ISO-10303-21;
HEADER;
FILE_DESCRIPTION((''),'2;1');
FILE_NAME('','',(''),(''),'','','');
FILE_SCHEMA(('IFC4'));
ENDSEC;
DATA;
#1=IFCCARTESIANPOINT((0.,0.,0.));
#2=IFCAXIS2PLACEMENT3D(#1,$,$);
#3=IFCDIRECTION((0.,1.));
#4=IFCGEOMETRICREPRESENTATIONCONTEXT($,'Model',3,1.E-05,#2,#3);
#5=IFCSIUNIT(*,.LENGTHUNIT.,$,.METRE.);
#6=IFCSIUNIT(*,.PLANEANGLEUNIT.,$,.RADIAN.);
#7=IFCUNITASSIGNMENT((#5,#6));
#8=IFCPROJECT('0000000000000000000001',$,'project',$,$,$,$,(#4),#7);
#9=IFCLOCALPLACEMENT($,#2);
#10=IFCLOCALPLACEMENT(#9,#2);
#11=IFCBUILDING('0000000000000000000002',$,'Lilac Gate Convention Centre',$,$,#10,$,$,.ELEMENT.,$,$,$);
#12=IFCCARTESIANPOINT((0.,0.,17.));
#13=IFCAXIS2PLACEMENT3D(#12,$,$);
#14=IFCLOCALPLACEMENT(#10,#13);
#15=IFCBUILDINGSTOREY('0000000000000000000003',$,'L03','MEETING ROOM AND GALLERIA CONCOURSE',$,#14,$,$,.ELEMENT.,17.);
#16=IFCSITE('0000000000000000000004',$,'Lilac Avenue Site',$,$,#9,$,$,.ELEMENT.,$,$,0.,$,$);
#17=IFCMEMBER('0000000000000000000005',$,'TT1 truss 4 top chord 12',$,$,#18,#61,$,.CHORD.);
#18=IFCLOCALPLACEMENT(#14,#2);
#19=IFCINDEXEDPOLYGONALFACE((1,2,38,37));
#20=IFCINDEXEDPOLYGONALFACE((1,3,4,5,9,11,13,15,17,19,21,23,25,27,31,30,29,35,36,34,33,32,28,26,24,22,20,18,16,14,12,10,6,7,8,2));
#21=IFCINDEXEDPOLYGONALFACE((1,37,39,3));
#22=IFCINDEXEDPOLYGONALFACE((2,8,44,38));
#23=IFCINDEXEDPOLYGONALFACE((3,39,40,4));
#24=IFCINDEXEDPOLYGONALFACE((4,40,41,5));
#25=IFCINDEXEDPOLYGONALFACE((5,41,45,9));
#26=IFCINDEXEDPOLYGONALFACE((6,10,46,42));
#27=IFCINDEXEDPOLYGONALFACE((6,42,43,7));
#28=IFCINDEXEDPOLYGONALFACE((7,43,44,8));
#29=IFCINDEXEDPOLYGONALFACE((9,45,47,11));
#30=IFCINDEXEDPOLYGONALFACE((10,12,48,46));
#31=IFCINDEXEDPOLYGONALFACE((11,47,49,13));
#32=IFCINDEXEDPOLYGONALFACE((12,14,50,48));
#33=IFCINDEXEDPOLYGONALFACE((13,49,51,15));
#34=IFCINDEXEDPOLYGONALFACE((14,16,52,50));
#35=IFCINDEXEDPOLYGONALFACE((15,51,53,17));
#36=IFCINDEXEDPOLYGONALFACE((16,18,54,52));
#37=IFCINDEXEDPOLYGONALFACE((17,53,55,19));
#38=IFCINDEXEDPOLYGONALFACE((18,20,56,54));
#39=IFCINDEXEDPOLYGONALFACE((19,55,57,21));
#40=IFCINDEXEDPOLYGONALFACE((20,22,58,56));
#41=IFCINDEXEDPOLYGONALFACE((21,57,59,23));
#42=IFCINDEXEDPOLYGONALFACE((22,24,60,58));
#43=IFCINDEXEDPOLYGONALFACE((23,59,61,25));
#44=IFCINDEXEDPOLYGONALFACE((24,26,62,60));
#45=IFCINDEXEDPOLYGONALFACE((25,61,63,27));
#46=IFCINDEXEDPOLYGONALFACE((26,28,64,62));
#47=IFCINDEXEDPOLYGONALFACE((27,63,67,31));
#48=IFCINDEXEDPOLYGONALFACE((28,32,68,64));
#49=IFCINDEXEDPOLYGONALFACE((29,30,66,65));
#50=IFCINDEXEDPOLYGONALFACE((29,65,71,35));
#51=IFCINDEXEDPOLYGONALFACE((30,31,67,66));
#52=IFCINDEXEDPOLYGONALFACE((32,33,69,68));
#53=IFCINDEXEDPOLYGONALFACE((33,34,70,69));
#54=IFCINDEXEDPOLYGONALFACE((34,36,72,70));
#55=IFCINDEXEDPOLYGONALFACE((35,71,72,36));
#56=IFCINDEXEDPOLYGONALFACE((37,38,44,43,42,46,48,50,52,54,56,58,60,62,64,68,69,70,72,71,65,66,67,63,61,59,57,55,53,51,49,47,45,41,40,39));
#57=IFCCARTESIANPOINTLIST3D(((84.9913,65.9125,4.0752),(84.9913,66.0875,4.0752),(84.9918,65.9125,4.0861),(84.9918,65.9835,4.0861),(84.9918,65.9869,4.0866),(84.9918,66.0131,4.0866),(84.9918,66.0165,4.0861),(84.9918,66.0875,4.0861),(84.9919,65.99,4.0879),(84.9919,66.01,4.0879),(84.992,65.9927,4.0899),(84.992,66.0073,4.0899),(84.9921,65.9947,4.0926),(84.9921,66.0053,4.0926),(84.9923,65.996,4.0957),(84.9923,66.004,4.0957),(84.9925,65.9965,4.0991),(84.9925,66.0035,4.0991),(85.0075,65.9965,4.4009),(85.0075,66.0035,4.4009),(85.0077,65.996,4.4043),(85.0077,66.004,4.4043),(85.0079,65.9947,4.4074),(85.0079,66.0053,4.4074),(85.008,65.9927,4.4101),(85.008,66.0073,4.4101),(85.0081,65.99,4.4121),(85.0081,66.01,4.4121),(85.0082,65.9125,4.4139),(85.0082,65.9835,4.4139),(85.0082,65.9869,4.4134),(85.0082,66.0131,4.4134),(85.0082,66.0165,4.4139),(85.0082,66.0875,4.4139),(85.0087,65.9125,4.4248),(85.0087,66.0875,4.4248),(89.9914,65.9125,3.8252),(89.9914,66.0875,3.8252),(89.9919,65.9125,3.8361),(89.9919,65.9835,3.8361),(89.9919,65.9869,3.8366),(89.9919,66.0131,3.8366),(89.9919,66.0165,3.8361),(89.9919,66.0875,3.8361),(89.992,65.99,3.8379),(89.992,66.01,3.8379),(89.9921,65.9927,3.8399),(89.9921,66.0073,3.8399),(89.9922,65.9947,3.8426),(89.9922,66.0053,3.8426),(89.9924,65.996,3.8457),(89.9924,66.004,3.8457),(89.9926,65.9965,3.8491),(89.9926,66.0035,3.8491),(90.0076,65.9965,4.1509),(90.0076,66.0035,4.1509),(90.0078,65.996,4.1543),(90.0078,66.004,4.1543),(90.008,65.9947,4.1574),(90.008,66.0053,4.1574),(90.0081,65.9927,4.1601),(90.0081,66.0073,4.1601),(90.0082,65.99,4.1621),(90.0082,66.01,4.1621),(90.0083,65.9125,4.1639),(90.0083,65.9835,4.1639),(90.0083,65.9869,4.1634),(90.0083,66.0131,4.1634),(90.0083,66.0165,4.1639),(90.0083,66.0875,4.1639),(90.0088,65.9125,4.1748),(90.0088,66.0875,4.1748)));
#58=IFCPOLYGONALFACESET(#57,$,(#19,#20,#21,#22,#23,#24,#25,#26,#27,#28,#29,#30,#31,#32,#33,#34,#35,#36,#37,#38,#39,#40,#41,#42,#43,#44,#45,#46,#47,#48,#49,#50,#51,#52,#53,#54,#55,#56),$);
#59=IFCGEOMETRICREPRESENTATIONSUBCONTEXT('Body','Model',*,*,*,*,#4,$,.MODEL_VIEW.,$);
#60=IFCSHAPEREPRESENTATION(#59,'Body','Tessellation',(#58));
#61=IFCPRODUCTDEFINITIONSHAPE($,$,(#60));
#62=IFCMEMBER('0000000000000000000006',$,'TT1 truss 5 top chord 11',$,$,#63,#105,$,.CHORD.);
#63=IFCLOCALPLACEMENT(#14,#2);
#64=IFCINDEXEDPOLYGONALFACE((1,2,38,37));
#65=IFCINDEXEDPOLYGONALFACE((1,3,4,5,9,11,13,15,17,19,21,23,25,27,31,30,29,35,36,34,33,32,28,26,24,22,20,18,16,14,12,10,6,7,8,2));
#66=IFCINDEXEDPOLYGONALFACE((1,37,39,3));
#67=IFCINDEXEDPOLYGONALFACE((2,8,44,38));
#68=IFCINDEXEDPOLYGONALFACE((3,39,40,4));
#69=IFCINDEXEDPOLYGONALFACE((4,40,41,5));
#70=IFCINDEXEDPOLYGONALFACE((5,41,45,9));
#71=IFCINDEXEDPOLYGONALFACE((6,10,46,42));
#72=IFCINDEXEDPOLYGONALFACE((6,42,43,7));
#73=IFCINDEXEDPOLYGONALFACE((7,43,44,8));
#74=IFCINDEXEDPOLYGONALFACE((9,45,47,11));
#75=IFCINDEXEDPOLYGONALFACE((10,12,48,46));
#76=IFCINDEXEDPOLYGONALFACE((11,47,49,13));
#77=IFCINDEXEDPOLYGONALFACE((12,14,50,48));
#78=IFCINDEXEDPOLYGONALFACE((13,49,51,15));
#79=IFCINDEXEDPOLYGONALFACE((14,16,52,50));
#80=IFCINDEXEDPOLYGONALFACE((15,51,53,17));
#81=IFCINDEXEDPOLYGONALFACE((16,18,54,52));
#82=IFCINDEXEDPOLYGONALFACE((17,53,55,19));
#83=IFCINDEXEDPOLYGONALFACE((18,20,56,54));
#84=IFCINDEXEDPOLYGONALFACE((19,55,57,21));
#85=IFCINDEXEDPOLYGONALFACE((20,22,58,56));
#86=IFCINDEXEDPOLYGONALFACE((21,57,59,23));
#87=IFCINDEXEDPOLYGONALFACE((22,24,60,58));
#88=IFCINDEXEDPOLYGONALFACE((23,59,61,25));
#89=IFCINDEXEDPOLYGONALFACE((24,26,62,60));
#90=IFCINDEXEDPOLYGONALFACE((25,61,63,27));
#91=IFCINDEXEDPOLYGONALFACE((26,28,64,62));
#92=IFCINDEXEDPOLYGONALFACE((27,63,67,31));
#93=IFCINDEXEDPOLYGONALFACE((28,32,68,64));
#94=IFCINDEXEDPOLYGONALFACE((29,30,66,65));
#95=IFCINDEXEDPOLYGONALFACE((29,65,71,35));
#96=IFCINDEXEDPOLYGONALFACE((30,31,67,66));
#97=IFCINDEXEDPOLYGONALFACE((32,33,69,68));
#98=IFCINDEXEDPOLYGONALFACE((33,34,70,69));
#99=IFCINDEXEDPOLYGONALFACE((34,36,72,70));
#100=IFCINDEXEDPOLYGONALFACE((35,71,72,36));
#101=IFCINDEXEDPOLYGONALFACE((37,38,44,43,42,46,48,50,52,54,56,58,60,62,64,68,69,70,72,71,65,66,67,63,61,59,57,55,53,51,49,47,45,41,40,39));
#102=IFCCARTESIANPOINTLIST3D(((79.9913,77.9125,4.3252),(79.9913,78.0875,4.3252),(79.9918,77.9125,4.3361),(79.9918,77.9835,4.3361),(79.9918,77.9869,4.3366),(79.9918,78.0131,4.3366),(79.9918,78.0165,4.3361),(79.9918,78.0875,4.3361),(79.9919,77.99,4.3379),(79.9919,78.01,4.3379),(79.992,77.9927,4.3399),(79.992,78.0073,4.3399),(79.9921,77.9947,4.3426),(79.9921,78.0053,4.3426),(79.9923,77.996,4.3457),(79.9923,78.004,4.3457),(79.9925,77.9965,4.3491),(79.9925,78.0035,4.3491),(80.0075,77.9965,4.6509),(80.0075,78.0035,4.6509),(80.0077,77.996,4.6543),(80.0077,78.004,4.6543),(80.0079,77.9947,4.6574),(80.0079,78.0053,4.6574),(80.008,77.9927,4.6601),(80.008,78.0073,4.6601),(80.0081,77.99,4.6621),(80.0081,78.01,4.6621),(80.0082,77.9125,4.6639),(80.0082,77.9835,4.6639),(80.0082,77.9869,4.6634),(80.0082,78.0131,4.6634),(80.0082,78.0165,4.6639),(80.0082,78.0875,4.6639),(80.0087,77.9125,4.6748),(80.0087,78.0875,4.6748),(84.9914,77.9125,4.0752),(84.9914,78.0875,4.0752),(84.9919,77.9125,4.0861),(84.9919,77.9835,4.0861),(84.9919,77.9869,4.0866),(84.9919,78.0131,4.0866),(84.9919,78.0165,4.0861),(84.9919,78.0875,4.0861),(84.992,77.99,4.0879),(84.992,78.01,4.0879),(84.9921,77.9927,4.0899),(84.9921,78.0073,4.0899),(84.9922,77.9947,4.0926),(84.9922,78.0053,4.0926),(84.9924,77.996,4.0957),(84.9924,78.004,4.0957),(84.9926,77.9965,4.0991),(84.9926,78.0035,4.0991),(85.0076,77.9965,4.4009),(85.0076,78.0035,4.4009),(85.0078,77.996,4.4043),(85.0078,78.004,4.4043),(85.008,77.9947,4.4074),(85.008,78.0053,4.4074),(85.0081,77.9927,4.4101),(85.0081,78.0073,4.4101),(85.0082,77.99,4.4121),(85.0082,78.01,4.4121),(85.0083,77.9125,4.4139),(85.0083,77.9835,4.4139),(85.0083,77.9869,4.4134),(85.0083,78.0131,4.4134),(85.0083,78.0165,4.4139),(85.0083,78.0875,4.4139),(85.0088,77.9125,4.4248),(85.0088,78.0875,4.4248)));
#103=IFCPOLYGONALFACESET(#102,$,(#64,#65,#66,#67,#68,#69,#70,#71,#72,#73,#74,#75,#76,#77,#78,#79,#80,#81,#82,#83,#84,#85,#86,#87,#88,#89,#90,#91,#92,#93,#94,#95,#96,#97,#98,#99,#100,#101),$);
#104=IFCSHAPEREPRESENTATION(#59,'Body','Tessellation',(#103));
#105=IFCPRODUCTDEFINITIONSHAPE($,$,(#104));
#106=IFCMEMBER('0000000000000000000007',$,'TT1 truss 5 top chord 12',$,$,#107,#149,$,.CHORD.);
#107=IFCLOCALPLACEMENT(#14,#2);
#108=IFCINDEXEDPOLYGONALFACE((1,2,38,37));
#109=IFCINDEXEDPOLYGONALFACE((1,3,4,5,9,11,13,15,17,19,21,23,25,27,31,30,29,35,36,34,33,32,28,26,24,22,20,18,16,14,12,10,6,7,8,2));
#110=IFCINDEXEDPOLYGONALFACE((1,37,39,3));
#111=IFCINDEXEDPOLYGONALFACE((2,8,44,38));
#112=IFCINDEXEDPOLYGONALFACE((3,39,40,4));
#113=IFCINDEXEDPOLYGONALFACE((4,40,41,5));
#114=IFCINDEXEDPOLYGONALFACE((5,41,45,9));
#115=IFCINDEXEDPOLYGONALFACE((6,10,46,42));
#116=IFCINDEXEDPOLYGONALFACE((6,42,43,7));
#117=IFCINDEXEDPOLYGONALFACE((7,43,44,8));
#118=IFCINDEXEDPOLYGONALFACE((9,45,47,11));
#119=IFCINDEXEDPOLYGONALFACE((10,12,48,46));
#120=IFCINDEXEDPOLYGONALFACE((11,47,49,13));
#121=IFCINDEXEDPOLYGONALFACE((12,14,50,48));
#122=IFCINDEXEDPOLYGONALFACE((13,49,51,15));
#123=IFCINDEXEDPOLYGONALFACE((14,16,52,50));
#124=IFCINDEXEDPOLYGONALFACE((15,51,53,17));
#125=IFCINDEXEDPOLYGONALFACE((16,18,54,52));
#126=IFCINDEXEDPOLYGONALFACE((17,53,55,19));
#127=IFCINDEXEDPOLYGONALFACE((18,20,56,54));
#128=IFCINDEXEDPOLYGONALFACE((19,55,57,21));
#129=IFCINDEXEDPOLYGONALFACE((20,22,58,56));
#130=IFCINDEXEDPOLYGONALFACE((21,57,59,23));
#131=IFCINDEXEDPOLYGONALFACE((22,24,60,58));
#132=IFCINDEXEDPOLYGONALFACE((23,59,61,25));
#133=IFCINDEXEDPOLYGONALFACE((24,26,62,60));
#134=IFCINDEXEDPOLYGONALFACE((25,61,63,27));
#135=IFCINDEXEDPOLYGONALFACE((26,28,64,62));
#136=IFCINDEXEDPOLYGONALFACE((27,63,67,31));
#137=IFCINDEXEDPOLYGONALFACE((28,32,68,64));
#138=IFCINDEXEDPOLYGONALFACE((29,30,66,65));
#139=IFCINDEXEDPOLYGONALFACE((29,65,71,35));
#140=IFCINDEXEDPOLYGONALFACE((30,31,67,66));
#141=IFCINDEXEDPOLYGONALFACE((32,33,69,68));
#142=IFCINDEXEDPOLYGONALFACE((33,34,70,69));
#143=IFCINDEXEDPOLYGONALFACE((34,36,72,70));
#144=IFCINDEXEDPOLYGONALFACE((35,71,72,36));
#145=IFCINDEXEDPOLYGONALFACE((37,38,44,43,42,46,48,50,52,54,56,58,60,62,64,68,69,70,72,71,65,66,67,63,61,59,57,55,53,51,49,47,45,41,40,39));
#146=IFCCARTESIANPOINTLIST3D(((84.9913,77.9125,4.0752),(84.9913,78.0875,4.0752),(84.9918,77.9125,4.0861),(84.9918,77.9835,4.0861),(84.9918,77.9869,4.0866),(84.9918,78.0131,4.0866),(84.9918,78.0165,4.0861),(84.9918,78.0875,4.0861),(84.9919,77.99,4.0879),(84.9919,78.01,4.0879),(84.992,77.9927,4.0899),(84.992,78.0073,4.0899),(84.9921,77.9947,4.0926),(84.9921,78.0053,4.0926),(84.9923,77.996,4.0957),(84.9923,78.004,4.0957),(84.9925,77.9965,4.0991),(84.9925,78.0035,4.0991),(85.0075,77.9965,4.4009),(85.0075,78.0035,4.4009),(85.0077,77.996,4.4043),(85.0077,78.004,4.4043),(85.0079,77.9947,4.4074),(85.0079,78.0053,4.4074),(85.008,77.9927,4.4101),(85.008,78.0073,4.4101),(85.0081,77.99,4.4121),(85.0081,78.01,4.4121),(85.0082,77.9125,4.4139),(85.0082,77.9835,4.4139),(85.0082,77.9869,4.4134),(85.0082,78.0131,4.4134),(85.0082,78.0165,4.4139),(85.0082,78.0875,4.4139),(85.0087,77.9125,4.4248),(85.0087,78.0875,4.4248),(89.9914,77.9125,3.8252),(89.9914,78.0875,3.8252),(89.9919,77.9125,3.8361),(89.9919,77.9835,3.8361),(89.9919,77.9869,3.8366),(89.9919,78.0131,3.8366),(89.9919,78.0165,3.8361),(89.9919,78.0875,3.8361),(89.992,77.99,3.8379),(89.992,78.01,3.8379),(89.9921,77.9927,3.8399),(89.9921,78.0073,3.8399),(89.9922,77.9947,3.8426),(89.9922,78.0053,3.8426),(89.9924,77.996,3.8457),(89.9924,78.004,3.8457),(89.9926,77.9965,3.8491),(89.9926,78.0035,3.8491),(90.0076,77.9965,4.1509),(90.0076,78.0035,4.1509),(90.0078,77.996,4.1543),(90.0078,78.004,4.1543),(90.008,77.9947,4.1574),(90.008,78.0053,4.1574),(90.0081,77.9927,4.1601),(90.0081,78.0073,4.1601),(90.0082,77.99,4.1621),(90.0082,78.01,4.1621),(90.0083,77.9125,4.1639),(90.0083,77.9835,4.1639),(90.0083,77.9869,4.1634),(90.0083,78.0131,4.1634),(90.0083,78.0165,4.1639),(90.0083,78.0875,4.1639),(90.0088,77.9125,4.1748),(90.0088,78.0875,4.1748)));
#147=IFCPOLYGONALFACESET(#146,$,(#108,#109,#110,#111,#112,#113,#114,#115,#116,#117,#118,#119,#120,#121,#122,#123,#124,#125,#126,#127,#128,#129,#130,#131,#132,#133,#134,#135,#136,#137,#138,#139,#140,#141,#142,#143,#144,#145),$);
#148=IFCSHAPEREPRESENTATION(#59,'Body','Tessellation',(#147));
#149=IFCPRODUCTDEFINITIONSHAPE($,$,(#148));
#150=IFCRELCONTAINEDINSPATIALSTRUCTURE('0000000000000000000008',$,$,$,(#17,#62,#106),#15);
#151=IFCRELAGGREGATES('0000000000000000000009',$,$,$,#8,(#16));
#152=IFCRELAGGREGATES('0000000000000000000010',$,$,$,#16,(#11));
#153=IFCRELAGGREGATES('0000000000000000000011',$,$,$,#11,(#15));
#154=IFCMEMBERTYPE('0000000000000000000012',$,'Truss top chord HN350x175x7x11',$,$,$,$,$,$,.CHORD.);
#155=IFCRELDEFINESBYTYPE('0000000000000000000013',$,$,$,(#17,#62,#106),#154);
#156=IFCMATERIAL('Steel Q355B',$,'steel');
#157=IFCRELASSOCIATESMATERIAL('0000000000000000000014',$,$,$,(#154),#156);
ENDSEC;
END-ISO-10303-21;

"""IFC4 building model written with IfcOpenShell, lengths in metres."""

from ifc_helpers import new_model, si_unit, direction, frame, origin, origin_2d, place, context, subcontext, project, spatial, i_section, extrude, material, material_profile, profile_set, type_object, element, save


model = new_model("IFC4")

# Units and contexts
model_context = context("Model", 3, precision=1e-05, world=origin(), true_north=direction((0.0, 1.0)))
body_context = subcontext(model_context, "Body", "Model", "MODEL_VIEW")
ifc_project = project(units=[si_unit("LENGTHUNIT", "METRE"), si_unit("PLANEANGLEUNIT", "RADIAN")], contexts=[model_context])

# Site, building, storey
site_placement = place(None, origin())
site = spatial("IfcSite", under=ifc_project, at=site_placement, Name="Lilac Avenue Site", CompositionType="ELEMENT", RefElevation=0.0)
building_placement = place(site_placement, origin())
building = spatial("IfcBuilding", under=site, at=building_placement, Name="Lilac Gate Convention Centre", CompositionType="ELEMENT")
storey_placement = place(building_placement, frame((0.0, 0.0, 17.0)))
storey = spatial("IfcBuildingStorey", under=building, at=storey_placement, Name="L03", Description="MEETING ROOM AND GALLERIA CONCOURSE", CompositionType="ELEMENT", Elevation=17.0)

# Members
ifc_material = material(Name="Steel Q355B", Category="steel")
ifc_material_profile_1 = material_profile(ifc_material, i_section(OverallWidth=0.175, OverallDepth=0.3501, WebThickness=0.0071, FlangeThickness=0.011, FilletRadius=0.0129, at=origin_2d()), Name="HN350x175x7x11")
ifc_profile_set_1 = profile_set([ifc_material_profile_1], Name="Steel Q355B")
member_type_1 = type_object("IfcMemberType", Name="Truss top chord HN350x175x7x11", PredefinedType="CHORD", material=ifc_profile_set_1)
for number, where, z_axis, x_axis, name in (
    (1, (85.0, 66.0, 4.25), (0.998752, 0.0, -0.049938), (0.0, 1.0, 0.0), "TT1 truss 4 top chord 12"),
    (2, (80.0, 78.0, 4.5), (0.998752, 0.0, -0.049938), (0.0, 1.0, 0.0), "TT1 truss 5 top chord 11"),
    (3, (85.0, 78.0, 4.25), (0.998752, 0.0, -0.049938), (0.0, 1.0, 0.0), "TT1 truss 5 top chord 12"),
):
    element("IfcMember", number, at=place(storey_placement, frame(where, z_axis=z_axis, x_axis=x_axis)), inside=storey, type_object=member_type_1, Name=name, PredefinedType="CHORD", context=body_context, shape_type="SweptSolid", body=[
        extrude(i_section(OverallWidth=0.175, OverallDepth=0.3501, WebThickness=0.0071, FlangeThickness=0.011, FilletRadius=0.0129, at=origin_2d()), origin(), (0.0, 0.0, 1.0), 5.0063),
    ])

save(model, "model.ifc")
